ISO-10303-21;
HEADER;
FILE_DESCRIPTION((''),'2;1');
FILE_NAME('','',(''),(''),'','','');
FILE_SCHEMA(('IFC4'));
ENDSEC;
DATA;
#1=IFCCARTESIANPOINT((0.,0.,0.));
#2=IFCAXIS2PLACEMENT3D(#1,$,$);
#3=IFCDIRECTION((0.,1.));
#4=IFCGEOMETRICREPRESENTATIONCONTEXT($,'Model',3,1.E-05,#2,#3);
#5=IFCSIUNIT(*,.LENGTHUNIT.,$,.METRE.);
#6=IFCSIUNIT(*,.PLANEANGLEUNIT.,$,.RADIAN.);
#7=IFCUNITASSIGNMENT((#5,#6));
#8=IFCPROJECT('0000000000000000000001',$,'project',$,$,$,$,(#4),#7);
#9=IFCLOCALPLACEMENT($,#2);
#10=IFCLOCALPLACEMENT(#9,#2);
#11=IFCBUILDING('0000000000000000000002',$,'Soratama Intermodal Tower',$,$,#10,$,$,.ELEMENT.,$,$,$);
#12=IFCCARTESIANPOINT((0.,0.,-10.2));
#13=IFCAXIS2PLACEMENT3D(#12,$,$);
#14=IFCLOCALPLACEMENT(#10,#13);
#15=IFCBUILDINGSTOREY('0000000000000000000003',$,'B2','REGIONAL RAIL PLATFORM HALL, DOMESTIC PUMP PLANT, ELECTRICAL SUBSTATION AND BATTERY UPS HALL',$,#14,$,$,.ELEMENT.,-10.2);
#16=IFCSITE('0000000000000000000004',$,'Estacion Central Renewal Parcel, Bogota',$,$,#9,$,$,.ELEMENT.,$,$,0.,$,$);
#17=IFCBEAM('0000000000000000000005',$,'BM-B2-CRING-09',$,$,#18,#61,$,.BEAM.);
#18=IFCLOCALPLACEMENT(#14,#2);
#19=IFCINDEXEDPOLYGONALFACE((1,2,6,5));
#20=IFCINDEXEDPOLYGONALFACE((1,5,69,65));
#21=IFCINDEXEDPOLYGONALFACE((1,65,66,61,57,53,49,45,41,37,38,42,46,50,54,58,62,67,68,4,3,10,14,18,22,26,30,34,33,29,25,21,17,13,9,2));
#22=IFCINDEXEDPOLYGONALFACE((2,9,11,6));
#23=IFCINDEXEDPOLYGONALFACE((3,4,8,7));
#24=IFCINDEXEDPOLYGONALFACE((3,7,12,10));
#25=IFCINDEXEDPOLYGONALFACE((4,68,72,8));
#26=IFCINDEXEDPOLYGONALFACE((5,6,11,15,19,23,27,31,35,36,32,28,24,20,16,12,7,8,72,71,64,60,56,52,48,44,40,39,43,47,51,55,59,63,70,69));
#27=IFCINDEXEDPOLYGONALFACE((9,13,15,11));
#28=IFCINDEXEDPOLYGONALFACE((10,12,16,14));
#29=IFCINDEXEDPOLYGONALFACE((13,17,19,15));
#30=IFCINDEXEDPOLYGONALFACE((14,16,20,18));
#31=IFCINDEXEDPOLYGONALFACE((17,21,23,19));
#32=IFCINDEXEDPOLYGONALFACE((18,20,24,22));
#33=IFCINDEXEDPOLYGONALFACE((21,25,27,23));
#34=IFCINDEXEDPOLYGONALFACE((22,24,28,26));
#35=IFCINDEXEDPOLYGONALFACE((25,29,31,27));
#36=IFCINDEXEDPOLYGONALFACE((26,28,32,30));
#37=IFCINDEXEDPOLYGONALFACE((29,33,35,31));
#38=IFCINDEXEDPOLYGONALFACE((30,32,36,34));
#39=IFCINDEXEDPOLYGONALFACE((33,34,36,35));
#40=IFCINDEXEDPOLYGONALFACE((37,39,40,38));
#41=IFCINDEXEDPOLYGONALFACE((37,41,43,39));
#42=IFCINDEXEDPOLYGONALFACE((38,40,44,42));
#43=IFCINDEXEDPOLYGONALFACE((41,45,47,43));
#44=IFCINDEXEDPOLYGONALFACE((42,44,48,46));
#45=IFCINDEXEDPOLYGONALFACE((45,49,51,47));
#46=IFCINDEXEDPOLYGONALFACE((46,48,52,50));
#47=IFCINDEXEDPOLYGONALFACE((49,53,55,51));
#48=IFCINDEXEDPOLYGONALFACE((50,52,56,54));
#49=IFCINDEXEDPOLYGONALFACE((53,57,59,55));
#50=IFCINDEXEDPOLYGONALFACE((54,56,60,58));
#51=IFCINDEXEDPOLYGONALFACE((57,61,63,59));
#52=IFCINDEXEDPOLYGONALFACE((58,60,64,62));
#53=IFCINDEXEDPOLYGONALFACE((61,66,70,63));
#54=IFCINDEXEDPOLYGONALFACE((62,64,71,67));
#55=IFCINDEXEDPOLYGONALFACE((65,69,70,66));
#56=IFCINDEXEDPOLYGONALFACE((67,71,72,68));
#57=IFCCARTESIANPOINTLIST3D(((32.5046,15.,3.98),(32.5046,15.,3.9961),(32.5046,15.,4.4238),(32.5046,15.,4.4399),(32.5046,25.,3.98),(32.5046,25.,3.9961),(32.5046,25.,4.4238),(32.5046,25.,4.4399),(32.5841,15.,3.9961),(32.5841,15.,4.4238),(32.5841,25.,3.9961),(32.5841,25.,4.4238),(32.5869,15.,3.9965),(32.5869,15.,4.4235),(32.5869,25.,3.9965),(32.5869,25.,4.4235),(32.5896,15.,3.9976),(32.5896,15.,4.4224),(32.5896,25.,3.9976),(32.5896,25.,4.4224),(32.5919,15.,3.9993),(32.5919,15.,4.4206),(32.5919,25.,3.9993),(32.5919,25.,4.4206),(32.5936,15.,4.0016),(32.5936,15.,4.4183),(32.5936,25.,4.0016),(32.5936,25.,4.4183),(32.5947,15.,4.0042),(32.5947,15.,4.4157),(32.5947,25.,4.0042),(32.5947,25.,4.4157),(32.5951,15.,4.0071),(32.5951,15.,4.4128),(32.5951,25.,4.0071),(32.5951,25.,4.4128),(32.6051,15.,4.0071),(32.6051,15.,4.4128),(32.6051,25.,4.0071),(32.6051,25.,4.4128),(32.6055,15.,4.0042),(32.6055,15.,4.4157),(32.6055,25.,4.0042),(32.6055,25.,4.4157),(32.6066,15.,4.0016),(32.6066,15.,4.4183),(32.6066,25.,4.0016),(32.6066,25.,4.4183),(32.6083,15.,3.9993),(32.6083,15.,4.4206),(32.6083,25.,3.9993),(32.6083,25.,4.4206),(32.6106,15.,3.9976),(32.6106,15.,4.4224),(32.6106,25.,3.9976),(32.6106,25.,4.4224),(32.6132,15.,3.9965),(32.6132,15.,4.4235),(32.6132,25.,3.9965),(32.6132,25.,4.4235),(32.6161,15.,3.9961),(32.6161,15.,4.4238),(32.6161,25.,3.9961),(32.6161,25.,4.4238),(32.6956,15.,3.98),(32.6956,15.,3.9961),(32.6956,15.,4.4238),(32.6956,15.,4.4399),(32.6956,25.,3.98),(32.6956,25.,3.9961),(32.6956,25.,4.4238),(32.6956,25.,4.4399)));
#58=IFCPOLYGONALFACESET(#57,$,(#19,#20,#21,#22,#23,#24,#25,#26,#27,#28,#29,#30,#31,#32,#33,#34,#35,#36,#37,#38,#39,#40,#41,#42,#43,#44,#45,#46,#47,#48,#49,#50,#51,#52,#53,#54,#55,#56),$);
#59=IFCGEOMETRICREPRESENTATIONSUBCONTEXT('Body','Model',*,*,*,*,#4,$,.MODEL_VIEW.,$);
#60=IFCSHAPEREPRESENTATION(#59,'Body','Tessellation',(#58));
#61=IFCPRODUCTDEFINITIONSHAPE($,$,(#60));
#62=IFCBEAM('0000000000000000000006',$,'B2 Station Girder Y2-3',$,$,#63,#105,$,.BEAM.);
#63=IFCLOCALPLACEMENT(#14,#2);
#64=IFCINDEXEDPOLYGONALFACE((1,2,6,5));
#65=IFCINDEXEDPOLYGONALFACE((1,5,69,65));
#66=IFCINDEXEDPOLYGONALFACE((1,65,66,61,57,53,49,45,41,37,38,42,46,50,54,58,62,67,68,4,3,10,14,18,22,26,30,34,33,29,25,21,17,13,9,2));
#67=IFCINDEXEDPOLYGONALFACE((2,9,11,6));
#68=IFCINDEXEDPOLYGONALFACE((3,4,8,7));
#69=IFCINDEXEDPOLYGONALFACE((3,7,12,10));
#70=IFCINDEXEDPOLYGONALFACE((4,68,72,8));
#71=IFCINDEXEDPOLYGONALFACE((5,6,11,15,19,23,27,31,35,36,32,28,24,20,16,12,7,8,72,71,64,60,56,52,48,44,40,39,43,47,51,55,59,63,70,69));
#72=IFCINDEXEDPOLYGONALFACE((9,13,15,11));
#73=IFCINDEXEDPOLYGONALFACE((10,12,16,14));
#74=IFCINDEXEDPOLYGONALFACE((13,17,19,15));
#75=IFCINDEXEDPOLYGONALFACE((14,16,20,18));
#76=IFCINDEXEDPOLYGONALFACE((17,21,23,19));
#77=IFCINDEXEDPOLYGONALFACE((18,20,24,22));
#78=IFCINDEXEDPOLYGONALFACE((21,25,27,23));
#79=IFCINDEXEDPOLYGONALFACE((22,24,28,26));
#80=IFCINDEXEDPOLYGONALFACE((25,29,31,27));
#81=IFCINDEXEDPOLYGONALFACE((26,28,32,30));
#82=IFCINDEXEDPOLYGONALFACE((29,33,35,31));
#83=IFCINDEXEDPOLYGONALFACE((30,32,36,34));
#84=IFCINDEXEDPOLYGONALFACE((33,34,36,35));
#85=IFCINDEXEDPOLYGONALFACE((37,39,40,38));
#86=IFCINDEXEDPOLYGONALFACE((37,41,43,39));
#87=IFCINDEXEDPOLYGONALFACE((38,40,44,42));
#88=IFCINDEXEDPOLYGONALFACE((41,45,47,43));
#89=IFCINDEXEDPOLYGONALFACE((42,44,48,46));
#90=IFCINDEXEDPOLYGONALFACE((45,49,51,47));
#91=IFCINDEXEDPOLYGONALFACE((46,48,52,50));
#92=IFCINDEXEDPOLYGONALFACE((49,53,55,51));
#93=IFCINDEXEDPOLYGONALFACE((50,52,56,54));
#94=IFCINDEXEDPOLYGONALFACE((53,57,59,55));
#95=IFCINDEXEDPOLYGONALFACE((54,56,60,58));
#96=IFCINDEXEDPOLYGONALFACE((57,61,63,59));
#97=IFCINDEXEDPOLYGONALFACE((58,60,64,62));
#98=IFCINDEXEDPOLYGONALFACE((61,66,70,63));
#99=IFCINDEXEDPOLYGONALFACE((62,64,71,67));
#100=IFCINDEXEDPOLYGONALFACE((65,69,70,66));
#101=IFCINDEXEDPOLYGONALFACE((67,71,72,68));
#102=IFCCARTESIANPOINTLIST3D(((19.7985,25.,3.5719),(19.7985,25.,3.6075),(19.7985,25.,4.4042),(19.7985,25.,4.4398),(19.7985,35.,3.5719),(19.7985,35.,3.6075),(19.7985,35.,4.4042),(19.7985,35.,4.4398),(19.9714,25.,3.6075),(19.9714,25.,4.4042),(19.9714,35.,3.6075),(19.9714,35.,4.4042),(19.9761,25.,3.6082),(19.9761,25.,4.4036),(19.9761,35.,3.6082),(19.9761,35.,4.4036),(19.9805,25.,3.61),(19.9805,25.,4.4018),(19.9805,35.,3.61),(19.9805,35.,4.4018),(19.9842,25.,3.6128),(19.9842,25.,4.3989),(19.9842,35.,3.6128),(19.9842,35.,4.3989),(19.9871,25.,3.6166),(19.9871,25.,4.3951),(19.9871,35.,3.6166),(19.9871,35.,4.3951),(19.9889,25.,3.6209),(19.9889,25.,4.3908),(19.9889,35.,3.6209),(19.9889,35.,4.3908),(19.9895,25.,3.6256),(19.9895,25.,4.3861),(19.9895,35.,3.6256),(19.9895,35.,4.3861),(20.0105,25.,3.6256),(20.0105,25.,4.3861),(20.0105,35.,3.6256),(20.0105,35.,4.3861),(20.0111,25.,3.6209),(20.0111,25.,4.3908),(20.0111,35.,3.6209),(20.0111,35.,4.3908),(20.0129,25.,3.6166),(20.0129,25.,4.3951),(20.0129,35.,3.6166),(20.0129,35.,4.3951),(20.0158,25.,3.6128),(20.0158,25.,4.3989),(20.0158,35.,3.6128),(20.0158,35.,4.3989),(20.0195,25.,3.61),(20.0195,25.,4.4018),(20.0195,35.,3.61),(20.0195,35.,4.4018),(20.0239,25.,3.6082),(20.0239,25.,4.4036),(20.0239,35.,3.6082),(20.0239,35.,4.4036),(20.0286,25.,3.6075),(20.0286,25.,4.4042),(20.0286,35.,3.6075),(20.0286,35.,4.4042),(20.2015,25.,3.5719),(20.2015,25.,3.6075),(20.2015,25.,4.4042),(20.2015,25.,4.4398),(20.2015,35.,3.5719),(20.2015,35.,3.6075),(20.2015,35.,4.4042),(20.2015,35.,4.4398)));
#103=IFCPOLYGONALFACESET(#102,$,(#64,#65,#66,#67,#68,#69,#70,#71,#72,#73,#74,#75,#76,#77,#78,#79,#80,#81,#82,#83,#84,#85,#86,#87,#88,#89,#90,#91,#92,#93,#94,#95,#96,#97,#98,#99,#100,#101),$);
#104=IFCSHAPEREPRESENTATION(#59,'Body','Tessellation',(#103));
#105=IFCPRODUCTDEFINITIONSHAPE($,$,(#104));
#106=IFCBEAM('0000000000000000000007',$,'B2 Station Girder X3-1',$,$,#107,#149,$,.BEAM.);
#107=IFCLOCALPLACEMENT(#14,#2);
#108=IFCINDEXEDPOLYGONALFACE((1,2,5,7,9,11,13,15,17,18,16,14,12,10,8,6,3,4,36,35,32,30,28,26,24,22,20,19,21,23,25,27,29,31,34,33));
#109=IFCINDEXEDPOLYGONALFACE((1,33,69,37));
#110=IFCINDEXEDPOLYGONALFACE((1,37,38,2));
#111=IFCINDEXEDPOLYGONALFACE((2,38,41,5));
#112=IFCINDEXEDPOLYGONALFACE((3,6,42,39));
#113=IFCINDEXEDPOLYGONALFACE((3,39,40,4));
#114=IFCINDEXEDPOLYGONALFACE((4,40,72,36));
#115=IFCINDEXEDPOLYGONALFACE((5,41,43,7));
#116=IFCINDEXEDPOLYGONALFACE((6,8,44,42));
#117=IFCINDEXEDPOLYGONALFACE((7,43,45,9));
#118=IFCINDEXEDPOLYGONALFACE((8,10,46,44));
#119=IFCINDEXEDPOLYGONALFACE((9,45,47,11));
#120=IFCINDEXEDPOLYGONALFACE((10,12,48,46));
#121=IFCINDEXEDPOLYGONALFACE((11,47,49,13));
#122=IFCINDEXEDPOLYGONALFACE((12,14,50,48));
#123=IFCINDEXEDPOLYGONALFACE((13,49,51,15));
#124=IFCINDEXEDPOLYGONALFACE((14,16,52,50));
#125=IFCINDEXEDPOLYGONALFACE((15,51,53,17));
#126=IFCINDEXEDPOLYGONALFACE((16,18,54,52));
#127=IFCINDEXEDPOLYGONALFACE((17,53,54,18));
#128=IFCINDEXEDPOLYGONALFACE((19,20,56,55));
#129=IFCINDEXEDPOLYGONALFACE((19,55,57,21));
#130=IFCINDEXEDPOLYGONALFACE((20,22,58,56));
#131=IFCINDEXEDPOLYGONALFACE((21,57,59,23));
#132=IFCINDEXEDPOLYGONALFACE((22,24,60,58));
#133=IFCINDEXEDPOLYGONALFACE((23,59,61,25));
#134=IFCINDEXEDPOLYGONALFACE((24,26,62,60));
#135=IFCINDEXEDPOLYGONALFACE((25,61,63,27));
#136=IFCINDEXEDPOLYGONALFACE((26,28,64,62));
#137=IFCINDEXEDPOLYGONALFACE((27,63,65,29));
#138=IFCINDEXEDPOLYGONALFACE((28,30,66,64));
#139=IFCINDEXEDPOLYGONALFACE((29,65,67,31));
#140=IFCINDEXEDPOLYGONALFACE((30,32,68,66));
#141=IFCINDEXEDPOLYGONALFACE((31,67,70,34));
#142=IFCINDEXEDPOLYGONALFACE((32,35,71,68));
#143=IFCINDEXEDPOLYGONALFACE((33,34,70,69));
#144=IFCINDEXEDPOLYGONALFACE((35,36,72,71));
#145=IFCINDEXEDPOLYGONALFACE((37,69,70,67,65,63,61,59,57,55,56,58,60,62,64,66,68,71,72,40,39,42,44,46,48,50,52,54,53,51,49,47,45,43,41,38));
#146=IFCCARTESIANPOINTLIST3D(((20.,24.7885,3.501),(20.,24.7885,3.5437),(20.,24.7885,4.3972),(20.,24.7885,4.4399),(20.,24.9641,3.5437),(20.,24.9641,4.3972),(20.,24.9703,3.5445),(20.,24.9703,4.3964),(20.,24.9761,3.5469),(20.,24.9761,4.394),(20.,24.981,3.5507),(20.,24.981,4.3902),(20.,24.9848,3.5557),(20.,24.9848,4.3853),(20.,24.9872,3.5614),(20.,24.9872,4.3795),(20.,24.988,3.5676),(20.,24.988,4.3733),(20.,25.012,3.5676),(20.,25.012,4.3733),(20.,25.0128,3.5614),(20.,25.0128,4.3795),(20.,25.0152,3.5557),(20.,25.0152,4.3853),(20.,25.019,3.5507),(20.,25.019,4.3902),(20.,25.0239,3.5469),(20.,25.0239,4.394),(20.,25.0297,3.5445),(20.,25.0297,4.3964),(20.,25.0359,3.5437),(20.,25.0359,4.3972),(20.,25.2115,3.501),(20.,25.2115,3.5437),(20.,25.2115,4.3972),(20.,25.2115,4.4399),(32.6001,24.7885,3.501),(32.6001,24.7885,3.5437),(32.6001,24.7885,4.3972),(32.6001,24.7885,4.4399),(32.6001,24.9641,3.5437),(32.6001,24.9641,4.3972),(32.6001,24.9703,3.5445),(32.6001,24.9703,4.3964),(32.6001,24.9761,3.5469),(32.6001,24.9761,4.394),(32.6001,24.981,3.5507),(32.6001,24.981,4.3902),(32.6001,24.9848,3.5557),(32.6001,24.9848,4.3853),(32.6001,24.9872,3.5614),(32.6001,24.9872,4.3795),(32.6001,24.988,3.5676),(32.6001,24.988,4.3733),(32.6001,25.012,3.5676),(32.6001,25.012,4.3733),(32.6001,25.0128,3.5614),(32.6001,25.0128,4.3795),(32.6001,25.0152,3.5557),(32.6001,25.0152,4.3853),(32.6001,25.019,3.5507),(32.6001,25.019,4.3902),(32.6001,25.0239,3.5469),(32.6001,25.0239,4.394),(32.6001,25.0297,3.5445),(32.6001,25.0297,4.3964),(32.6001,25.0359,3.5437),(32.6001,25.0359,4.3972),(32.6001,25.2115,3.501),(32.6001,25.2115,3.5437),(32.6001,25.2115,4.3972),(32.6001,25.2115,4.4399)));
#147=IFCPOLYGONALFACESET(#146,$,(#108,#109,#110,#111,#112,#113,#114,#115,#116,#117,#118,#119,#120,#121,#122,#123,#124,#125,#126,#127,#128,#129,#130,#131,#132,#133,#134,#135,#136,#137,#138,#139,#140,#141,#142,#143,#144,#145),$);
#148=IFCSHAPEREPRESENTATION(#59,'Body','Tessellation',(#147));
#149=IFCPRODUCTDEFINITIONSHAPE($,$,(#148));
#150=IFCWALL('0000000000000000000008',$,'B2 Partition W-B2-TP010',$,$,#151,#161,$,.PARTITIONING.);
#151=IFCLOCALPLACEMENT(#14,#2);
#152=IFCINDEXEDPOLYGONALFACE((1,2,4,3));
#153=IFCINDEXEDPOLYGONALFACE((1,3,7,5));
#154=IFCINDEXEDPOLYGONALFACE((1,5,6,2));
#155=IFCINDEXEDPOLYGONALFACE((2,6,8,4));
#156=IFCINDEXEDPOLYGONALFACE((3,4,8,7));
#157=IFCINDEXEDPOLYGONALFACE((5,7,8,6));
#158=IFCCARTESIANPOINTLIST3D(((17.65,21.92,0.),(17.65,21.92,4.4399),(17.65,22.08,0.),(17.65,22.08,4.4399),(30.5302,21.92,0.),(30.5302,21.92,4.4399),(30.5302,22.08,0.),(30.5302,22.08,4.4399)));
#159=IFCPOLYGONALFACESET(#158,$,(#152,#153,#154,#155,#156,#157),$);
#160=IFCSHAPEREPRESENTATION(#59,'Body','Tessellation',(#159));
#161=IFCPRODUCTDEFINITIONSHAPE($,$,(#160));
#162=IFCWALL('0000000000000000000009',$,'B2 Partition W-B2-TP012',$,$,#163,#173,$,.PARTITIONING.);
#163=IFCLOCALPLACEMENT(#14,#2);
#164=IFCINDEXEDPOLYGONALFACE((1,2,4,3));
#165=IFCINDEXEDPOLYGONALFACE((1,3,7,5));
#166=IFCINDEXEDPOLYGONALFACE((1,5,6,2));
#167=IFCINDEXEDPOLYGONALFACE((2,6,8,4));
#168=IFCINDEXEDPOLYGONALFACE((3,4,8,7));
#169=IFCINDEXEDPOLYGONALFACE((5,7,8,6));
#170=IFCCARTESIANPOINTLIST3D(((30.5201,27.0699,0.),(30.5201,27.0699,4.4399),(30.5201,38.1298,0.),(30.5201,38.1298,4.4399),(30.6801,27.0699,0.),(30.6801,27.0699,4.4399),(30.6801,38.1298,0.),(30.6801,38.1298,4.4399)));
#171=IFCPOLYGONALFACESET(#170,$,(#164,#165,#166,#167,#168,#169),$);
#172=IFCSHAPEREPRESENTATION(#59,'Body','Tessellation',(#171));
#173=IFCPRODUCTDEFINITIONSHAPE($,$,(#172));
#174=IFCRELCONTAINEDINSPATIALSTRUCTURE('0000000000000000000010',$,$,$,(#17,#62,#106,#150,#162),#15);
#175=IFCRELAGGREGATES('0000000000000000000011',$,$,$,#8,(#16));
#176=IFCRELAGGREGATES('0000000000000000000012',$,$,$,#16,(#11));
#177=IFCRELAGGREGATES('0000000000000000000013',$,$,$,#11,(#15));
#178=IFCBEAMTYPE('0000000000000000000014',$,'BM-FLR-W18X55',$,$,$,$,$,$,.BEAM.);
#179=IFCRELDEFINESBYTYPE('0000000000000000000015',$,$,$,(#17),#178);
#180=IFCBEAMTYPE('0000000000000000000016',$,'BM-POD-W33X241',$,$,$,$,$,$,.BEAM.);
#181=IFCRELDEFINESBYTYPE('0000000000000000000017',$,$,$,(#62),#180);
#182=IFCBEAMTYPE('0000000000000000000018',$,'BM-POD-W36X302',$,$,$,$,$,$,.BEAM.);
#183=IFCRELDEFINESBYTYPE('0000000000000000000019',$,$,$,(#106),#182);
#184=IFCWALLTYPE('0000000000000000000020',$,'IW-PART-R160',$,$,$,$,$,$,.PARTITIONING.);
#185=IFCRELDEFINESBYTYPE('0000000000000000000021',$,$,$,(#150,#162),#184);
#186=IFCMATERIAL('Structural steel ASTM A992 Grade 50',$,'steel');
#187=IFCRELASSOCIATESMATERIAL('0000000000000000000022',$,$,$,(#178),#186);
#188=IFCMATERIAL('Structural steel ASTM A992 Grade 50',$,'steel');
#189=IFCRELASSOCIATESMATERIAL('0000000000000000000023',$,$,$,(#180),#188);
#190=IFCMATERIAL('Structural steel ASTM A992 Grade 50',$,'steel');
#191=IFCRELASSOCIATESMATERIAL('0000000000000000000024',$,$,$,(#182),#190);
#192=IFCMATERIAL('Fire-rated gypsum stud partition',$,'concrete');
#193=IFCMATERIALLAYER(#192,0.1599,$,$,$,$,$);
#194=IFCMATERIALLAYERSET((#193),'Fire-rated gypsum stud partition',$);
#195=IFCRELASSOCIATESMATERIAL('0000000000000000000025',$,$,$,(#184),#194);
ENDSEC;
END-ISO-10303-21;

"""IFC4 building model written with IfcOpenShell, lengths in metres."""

from ifc_helpers import new_model, si_unit, direction, frame, frame_2d, origin, origin_2d, place, context, subcontext, project, spatial, rectangle, i_section, extrude, material, layer, layer_set, material_profile, profile_set, type_object, element, save


model = new_model("IFC4")

# Units and contexts
model_context = context("Model", 3, precision=1e-05, world=origin(), true_north=direction((0.0, 1.0)))
body_context = subcontext(model_context, "Body", "Model", "MODEL_VIEW")
ifc_project = project(units=[si_unit("LENGTHUNIT", "METRE"), si_unit("PLANEANGLEUNIT", "RADIAN")], contexts=[model_context])

# Site, building, storey
site_placement = place(None, origin())
site = spatial("IfcSite", under=ifc_project, at=site_placement, Name="Estacion Central Renewal Parcel, Bogota", CompositionType="ELEMENT", RefElevation=0.0)
building_placement = place(site_placement, origin())
building = spatial("IfcBuilding", under=site, at=building_placement, Name="Soratama Intermodal Tower", CompositionType="ELEMENT")
storey_placement = place(building_placement, frame((0.0, 0.0, -10.2)))
storey = spatial("IfcBuildingStorey", under=building, at=storey_placement, Name="B2", Description="REGIONAL RAIL PLATFORM HALL, DOMESTIC PUMP PLANT, ELECTRICAL SUBSTATION AND BATTERY UPS HALL", CompositionType="ELEMENT", Elevation=-10.2)

# Beams
ifc_material_1 = material(Name="Structural steel ASTM A992 Grade 50", Category="steel")
ifc_material_profile_1 = material_profile(ifc_material_1, i_section(OverallWidth=0.1909, OverallDepth=0.46, WebThickness=0.01, FlangeThickness=0.0161, FilletRadius=0.011, at=origin_2d()), Name="W18X55")
ifc_profile_set_1 = profile_set([ifc_material_profile_1], Name="Structural steel ASTM A992 Grade 50")
beam_type_1 = type_object("IfcBeamType", Name="BM-FLR-W18X55", PredefinedType="BEAM", material=ifc_profile_set_1)
beam_1_placement = place(storey_placement, frame((32.6001, 25.0, 4.21), z_axis=(0.0, -1.0, 0.0), x_axis=(1.0, 0.0, 0.0)))
element("IfcBeam", 1, at=beam_1_placement, inside=storey, type_object=beam_type_1, Name="BM-B2-CRING-09", PredefinedType="BEAM", context=body_context, shape_type="SweptSolid", body=[
    extrude(i_section(OverallWidth=0.1909, OverallDepth=0.46, WebThickness=0.01, FlangeThickness=0.0161, FilletRadius=0.011, at=origin_2d()), origin(), (0.0, 0.0, 1.0), 10.0),
])
ifc_material_2 = material(Name="Structural steel ASTM A992 Grade 50", Category="steel")
ifc_material_profile_2 = material_profile(ifc_material_2, i_section(OverallWidth=0.4031, OverallDepth=0.8679, WebThickness=0.021, FlangeThickness=0.0356, FilletRadius=0.0181, at=origin_2d()), Name="W33X241")
ifc_profile_set_2 = profile_set([ifc_material_profile_2], Name="Structural steel ASTM A992 Grade 50")
beam_type_2 = type_object("IfcBeamType", Name="BM-POD-W33X241", PredefinedType="BEAM", material=ifc_profile_set_2)
beam_2_placement = place(storey_placement, frame((20.0, 25.0, 4.0059), z_axis=(0.0, 1.0, 0.0), x_axis=(-1.0, 0.0, 0.0)))
element("IfcBeam", 2, at=beam_2_placement, inside=storey, type_object=beam_type_2, Name="B2 Station Girder Y2-3", PredefinedType="BEAM", context=body_context, shape_type="SweptSolid", body=[
    extrude(i_section(OverallWidth=0.4031, OverallDepth=0.8679, WebThickness=0.021, FlangeThickness=0.0356, FilletRadius=0.0181, at=origin_2d()), origin(), (0.0, 0.0, 1.0), 10.0),
])
ifc_material_3 = material(Name="Structural steel ASTM A992 Grade 50", Category="steel")
ifc_material_profile_3 = material_profile(ifc_material_3, i_section(OverallWidth=0.4231, OverallDepth=0.939, WebThickness=0.0239, FlangeThickness=0.0427, FilletRadius=0.0239, at=origin_2d()), Name="W36X302")
ifc_profile_set_3 = profile_set([ifc_material_profile_3], Name="Structural steel ASTM A992 Grade 50")
beam_type_3 = type_object("IfcBeamType", Name="BM-POD-W36X302", PredefinedType="BEAM", material=ifc_profile_set_3)
beam_3_placement = place(storey_placement, frame((20.0, 25.0, 3.9705), z_axis=(1.0, 0.0, 0.0), x_axis=(0.0, 1.0, 0.0)))
element("IfcBeam", 3, at=beam_3_placement, inside=storey, type_object=beam_type_3, Name="B2 Station Girder X3-1", PredefinedType="BEAM", context=body_context, shape_type="SweptSolid", body=[
    extrude(i_section(OverallWidth=0.4231, OverallDepth=0.939, WebThickness=0.0239, FlangeThickness=0.0427, FilletRadius=0.0239, at=origin_2d()), origin(), (0.0, 0.0, 1.0), 12.6001),
])

# Walls
ifc_material_4 = material(Name="Fire-rated gypsum stud partition", Category="concrete")
ifc_layer_1 = layer(ifc_material_4, 0.1599)
ifc_layer_set_1 = layer_set([ifc_layer_1], Name="Fire-rated gypsum stud partition")
wall_type_1 = type_object("IfcWallType", Name="IW-PART-R160", PredefinedType="PARTITIONING", material=ifc_layer_set_1)
wall_1_placement = place(storey_placement, frame((30.53, 22.0, 0.0), z_axis=(0.0, 0.0, 1.0), x_axis=(-1.0, 0.0, 0.0)))
element("IfcWall", 4, at=wall_1_placement, inside=storey, type_object=wall_type_1, Name="B2 Partition W-B2-TP010", PredefinedType="PARTITIONING", context=body_context, shape_type="SweptSolid", body=[
    extrude(rectangle(XDim=12.8801, YDim=0.1599, at=frame_2d((6.4399, 0.0))), origin(), (0.0, 0.0, 1.0), 4.4399),
])
wall_2_placement = place(storey_placement, frame((30.6001, 27.0701, 0.0), z_axis=(0.0, 0.0, 1.0), x_axis=(0.0, 1.0, 0.0)))
element("IfcWall", 5, at=wall_2_placement, inside=storey, type_object=wall_type_1, Name="B2 Partition W-B2-TP012", PredefinedType="PARTITIONING", context=body_context, shape_type="SweptSolid", body=[
    extrude(rectangle(XDim=11.0598, YDim=0.1599, at=frame_2d((5.5298, 0.0))), origin(), (0.0, 0.0, 1.0), 4.4399),
])

save(model, "model.ifc")
